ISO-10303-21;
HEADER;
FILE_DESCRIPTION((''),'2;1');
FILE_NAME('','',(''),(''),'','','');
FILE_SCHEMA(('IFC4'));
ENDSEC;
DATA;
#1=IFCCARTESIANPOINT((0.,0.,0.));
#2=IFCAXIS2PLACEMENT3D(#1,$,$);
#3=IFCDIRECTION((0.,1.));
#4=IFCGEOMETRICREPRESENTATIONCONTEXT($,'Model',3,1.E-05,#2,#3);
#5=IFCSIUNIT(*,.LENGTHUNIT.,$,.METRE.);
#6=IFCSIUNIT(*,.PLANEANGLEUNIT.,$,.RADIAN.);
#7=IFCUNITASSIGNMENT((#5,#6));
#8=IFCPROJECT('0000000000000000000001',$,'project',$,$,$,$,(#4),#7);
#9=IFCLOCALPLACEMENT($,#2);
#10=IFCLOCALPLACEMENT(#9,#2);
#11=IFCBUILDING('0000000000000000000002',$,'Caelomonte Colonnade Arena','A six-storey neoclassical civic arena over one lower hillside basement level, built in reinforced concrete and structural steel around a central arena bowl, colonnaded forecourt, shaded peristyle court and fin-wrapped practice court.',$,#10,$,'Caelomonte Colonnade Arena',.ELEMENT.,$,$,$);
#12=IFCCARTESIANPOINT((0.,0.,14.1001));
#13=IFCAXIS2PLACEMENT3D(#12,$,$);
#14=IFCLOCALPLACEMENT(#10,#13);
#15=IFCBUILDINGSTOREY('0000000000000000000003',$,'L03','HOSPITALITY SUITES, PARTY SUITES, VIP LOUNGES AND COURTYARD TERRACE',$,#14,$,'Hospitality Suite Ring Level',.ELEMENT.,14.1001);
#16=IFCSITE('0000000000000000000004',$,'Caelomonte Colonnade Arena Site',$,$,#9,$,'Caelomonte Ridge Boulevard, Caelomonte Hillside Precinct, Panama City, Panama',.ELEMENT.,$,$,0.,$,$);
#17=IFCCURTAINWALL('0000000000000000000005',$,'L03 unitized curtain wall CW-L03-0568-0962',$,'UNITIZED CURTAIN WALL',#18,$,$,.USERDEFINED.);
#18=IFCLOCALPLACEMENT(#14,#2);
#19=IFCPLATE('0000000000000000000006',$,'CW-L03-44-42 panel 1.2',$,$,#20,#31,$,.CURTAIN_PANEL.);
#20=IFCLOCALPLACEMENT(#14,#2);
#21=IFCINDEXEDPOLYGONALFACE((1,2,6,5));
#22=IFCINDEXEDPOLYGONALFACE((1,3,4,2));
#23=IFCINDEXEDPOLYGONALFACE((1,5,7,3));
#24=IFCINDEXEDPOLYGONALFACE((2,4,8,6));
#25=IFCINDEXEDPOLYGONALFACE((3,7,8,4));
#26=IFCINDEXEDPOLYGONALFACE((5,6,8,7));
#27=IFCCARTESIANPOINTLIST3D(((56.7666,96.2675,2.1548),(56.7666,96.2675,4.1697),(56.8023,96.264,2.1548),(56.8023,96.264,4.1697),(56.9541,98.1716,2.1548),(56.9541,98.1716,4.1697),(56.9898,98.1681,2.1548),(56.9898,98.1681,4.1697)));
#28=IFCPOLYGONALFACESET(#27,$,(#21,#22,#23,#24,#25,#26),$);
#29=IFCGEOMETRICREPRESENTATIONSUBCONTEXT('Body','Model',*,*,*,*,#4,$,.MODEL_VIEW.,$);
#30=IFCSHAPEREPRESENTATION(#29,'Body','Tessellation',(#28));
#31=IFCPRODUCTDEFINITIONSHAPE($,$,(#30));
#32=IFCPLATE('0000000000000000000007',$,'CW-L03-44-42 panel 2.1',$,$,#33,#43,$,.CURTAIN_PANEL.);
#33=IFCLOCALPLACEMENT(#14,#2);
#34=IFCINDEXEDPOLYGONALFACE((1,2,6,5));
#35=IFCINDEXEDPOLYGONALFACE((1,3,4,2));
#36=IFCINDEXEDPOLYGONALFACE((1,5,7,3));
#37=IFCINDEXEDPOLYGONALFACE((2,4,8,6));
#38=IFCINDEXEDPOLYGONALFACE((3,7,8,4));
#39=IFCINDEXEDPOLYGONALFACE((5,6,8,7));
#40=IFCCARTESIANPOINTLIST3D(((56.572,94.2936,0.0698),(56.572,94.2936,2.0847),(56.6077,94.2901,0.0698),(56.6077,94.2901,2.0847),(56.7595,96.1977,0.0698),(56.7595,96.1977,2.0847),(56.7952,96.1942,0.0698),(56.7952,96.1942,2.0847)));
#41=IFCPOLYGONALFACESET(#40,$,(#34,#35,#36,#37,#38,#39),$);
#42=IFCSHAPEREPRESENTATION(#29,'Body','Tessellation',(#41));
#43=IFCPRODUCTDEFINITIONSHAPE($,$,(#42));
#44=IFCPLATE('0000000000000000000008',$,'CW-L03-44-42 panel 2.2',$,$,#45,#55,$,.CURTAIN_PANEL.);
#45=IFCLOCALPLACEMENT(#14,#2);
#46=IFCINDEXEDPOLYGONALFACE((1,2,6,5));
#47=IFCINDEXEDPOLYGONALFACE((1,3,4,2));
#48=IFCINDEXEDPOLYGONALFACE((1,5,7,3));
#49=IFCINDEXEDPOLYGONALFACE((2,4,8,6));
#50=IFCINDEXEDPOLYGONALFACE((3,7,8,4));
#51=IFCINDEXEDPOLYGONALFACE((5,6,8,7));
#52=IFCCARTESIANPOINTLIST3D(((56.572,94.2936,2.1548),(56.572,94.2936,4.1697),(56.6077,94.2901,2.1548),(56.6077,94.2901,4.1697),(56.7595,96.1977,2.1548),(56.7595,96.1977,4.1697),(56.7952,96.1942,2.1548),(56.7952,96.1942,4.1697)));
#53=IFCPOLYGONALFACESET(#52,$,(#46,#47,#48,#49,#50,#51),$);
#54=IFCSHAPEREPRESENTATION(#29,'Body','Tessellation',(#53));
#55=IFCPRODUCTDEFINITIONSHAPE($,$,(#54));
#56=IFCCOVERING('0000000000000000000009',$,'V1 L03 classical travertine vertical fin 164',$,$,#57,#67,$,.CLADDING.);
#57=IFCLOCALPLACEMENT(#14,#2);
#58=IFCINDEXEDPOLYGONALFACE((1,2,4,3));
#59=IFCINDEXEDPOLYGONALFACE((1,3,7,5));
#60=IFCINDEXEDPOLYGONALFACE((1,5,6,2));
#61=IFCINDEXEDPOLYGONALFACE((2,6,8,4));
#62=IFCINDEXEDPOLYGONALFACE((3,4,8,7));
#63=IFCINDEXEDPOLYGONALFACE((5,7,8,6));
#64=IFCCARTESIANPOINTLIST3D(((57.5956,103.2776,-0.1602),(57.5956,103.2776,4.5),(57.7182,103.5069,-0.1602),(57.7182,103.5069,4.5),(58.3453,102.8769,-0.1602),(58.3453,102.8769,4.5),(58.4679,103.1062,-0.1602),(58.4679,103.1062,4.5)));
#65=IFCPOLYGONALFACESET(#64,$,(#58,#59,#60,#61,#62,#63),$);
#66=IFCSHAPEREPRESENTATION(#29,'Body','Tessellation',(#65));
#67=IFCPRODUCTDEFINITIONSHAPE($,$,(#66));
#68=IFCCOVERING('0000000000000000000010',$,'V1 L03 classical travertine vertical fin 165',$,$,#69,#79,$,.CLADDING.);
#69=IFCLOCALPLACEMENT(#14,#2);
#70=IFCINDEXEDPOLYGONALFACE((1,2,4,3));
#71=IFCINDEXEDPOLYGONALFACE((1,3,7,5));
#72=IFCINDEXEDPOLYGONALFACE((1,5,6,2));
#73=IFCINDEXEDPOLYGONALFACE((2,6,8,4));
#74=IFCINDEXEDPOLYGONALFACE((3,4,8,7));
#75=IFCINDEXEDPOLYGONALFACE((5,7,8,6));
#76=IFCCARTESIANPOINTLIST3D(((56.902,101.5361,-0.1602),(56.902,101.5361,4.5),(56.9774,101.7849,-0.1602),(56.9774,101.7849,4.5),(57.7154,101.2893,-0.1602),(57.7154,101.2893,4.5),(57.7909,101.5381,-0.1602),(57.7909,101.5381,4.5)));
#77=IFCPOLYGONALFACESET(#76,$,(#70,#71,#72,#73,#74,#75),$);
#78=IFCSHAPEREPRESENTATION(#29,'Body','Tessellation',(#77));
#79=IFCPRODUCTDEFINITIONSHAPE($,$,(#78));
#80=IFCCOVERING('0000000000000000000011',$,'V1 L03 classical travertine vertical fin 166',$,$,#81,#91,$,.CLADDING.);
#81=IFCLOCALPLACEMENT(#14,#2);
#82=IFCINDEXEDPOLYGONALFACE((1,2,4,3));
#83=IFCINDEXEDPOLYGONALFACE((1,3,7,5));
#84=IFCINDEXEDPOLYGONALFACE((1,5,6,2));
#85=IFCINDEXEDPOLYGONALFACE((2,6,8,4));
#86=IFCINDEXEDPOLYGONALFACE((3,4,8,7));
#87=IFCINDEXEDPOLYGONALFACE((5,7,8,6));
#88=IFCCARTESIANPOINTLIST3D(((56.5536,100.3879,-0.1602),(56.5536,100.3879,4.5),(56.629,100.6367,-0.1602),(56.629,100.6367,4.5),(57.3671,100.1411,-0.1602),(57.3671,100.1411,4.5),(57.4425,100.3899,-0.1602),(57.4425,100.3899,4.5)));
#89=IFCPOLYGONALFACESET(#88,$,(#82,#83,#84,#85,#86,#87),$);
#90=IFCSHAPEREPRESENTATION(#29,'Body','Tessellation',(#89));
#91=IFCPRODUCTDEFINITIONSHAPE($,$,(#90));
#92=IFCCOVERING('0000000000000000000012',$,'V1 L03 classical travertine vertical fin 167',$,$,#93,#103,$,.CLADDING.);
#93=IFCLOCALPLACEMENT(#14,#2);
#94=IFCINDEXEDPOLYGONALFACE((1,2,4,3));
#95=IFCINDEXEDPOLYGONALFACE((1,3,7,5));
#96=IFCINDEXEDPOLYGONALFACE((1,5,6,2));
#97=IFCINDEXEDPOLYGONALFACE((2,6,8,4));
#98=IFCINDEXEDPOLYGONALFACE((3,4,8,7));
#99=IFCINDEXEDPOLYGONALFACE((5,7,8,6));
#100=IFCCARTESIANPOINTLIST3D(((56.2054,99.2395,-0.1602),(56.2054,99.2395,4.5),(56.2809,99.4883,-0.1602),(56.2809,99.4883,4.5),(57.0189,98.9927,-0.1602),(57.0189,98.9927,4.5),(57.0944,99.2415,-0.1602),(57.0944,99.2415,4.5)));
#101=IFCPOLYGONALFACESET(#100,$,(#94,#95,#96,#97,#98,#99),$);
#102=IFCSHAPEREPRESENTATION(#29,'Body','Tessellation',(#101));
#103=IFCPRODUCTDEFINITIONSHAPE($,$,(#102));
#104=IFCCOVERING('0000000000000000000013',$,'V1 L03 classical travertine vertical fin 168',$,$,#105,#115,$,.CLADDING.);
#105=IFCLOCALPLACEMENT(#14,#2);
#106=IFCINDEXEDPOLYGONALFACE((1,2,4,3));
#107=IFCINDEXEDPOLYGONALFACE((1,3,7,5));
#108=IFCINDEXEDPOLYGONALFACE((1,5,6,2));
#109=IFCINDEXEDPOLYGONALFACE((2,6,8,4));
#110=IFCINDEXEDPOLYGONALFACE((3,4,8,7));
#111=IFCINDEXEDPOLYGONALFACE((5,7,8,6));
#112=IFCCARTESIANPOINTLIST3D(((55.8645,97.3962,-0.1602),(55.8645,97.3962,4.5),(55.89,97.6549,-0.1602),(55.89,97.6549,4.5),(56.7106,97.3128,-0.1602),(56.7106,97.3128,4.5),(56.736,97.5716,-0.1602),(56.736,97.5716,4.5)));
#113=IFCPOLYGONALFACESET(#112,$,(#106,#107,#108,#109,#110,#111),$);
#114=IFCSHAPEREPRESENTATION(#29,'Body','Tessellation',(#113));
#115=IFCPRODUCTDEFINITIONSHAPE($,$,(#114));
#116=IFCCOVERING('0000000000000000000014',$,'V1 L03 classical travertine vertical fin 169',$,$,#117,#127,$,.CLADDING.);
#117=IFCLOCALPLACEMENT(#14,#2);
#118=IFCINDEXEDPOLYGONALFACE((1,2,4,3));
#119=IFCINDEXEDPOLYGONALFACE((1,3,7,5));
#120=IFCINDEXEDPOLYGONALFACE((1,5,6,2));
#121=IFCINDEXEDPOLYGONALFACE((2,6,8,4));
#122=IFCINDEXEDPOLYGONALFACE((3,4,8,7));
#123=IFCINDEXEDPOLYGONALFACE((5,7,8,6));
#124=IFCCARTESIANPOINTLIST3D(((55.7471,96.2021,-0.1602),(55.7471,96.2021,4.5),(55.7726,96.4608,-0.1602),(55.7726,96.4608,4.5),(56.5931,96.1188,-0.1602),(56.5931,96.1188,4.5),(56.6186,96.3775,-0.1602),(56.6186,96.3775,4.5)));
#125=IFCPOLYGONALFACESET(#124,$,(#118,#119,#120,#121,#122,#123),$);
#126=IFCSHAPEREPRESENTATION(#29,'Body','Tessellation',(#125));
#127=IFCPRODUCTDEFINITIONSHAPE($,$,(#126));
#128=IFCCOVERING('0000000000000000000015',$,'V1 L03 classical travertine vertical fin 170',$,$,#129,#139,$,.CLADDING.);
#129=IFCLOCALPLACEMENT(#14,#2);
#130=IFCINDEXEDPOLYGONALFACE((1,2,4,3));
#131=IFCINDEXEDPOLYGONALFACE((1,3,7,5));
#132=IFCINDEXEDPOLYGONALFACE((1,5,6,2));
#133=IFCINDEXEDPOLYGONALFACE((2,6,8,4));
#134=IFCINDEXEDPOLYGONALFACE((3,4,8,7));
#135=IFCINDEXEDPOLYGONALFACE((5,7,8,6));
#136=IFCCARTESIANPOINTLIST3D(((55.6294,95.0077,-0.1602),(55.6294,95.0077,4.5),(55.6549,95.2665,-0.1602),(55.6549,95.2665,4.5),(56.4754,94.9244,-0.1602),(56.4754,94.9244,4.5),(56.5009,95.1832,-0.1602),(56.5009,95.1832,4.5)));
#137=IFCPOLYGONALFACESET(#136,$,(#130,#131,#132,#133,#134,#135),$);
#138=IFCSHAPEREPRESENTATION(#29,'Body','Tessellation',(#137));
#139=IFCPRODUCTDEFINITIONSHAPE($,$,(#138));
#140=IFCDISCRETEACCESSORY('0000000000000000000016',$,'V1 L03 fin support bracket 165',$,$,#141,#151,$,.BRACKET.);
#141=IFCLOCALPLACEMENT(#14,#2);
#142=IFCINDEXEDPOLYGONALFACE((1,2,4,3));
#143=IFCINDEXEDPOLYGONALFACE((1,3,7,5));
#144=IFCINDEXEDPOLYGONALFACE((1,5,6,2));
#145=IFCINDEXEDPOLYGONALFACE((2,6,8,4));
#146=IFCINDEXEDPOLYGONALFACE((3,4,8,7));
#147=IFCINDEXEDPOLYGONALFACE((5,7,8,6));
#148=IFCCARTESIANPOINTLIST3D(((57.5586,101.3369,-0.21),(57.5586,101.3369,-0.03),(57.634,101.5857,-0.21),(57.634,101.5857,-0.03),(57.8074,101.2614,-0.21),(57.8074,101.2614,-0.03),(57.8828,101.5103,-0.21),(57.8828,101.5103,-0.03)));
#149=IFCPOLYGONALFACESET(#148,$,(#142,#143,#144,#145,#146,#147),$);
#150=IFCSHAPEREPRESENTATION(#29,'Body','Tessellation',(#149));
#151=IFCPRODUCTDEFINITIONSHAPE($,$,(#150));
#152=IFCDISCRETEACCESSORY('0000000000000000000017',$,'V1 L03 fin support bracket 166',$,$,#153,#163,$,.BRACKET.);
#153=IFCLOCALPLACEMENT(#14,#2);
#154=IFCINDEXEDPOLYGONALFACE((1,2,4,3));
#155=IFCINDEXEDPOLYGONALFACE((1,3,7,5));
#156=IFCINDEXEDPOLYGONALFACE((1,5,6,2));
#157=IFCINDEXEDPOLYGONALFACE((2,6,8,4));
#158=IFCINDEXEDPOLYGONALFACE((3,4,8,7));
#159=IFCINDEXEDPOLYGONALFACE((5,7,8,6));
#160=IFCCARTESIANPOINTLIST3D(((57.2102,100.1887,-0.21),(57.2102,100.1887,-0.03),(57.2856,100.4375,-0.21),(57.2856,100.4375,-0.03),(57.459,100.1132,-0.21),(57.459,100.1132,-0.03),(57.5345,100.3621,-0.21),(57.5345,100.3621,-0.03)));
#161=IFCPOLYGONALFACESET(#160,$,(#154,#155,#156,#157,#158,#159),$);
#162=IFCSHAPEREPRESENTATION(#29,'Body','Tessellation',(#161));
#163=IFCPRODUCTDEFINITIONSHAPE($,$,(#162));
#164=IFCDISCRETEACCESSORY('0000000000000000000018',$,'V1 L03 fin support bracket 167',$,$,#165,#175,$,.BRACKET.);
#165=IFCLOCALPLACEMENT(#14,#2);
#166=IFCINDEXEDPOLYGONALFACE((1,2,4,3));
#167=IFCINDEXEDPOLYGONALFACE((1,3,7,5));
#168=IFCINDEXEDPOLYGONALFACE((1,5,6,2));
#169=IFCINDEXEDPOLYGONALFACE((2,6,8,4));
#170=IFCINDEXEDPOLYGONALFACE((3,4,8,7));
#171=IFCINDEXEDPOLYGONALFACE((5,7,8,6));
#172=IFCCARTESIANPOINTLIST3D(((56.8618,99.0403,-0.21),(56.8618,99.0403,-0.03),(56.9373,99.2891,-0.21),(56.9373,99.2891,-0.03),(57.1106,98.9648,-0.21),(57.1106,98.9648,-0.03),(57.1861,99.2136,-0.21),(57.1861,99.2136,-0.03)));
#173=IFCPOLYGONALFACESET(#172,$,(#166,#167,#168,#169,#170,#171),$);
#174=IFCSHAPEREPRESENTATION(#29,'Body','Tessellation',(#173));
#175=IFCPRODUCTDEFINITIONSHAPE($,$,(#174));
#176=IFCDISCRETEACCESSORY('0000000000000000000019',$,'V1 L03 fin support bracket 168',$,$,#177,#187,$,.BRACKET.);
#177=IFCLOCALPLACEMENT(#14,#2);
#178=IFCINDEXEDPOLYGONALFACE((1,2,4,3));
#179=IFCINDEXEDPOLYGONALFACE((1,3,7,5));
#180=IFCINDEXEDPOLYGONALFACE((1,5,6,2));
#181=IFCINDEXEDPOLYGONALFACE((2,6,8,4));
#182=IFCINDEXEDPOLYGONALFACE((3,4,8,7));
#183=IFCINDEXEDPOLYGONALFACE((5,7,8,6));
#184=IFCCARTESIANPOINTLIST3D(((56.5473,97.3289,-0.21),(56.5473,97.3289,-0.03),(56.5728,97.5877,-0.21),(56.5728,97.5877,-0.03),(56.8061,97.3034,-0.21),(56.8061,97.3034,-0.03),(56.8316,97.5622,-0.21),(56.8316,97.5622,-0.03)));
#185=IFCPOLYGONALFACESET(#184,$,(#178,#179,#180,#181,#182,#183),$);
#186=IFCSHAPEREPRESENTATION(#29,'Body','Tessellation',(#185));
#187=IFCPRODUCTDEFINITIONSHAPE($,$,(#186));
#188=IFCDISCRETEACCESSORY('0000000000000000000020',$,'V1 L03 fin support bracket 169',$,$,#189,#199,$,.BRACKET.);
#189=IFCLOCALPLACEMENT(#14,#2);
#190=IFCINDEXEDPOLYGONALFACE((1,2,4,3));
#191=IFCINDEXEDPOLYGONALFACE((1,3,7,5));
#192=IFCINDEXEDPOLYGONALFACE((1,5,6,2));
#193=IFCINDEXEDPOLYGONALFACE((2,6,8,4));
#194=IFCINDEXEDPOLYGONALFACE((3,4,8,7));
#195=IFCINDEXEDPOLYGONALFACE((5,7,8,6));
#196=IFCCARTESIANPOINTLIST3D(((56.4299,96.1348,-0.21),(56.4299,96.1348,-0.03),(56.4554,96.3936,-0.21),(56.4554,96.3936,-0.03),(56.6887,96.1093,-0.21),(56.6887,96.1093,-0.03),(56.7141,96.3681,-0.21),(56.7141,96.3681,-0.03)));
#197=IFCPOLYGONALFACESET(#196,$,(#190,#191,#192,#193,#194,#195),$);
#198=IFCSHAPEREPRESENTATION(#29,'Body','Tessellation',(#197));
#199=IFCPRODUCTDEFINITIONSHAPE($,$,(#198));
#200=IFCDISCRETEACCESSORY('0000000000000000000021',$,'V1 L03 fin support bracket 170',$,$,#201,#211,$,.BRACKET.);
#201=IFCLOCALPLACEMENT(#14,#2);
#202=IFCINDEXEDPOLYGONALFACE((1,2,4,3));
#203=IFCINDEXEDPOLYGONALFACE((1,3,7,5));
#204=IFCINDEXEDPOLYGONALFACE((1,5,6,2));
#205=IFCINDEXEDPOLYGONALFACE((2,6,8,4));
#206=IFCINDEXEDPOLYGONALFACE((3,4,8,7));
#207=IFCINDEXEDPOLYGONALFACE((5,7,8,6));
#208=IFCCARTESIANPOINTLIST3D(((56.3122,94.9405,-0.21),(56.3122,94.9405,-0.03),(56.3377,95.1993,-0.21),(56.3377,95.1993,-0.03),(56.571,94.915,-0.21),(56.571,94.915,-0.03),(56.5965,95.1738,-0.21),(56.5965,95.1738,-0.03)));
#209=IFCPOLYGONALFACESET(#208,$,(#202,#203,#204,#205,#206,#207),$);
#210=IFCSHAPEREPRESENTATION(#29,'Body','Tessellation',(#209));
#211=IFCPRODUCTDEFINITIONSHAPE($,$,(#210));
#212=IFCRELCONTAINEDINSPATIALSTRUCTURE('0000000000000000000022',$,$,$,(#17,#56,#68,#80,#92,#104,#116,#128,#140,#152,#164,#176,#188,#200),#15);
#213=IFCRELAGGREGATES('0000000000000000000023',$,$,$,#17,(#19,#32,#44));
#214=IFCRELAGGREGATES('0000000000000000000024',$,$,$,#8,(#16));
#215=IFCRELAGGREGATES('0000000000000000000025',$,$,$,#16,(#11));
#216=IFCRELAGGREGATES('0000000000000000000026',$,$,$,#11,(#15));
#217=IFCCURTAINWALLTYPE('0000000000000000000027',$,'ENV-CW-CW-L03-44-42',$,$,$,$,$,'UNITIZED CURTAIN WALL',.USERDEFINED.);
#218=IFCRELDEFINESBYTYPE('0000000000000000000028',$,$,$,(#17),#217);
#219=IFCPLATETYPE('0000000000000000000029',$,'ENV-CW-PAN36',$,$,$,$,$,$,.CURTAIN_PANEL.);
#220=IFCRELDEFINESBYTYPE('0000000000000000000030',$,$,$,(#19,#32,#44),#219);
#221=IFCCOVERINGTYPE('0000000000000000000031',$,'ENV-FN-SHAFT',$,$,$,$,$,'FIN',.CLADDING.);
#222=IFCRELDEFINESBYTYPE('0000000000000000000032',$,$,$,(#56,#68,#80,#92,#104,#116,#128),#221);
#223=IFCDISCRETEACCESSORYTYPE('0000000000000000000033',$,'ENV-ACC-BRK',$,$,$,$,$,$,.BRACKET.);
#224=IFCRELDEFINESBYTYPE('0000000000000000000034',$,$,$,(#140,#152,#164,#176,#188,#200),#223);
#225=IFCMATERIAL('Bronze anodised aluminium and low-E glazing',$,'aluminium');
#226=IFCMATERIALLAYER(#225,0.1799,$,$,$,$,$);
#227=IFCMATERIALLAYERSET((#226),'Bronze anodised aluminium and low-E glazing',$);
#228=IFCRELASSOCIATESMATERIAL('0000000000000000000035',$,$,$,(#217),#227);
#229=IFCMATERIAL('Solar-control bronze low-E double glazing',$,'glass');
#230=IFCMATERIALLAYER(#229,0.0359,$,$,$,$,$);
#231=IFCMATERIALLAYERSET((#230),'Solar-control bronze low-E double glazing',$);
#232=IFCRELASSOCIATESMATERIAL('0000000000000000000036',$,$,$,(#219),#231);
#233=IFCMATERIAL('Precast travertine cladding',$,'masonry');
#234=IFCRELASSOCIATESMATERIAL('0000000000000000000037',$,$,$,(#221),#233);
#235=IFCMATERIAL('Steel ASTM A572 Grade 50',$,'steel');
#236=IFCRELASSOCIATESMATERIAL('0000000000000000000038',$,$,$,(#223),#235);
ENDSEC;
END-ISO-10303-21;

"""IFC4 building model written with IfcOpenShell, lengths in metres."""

from ifc_helpers import new_model, si_unit, direction, frame, origin, origin_2d, place, context, subcontext, project, spatial, rectangle, extrude, material, layer, layer_set, material_profile, profile_set, type_object, element, aggregate, save


model = new_model("IFC4")

# Units and contexts
model_context = context("Model", 3, precision=1e-05, world=origin(), true_north=direction((0.0, 1.0)))
body_context = subcontext(model_context, "Body", "Model", "MODEL_VIEW")
ifc_project = project(units=[si_unit("LENGTHUNIT", "METRE"), si_unit("PLANEANGLEUNIT", "RADIAN")], contexts=[model_context])

# Site, building, storey
site_placement = place(None, origin())
site = spatial("IfcSite", under=ifc_project, at=site_placement, Name="Caelomonte Colonnade Arena Site", LongName="Caelomonte Ridge Boulevard, Caelomonte Hillside Precinct, Panama City, Panama", CompositionType="ELEMENT", RefElevation=0.0)
building_placement = place(site_placement, origin())
building = spatial("IfcBuilding", under=site, at=building_placement, Name="Caelomonte Colonnade Arena", Description="A six-storey neoclassical civic arena over one lower hillside basement level, built in reinforced concrete and structural steel around a central arena bowl, colonnaded forecourt, shaded peristyle court and fin-wrapped practice court.", LongName="Caelomonte Colonnade Arena", CompositionType="ELEMENT")
storey_placement = place(building_placement, frame((0.0, 0.0, 14.1001)))
storey = spatial("IfcBuildingStorey", under=building, at=storey_placement, Name="L03", Description="HOSPITALITY SUITES, PARTY SUITES, VIP LOUNGES AND COURTYARD TERRACE", LongName="Hospitality Suite Ring Level", CompositionType="ELEMENT", Elevation=14.1001)

# Curtain wall
ifc_material_1 = material(Name="Bronze anodised aluminium and low-E glazing", Category="aluminium")
ifc_layer_1 = layer(ifc_material_1, 0.1799)
ifc_layer_set_1 = layer_set([ifc_layer_1], Name="Bronze anodised aluminium and low-E glazing")
curtain_wall_type_1 = type_object("IfcCurtainWallType", Name="ENV-CW-CW-L03-44-42", ElementType="UNITIZED CURTAIN WALL", PredefinedType="USERDEFINED", material=ifc_layer_set_1)
curtain_wall_1_placement = place(storey_placement, origin())
curtain_wall_1 = element("IfcCurtainWall", 1, at=curtain_wall_1_placement, inside=storey, type_object=curtain_wall_type_1, Name="L03 unitized curtain wall CW-L03-0568-0962", ObjectType="UNITIZED CURTAIN WALL", PredefinedType="USERDEFINED")

# Plates
ifc_material_2 = material(Name="Solar-control bronze low-E double glazing", Category="glass")
ifc_layer_2 = layer(ifc_material_2, 0.0359)
ifc_layer_set_2 = layer_set([ifc_layer_2], Name="Solar-control bronze low-E double glazing")
plate_type = type_object("IfcPlateType", Name="ENV-CW-PAN36", PredefinedType="CURTAIN_PANEL", material=ifc_layer_set_2)
plate_1_placement = place(storey_placement, frame((56.8782, 97.2178, 2.1548), z_axis=(0.0, 0.0, 1.0), x_axis=(-0.098002, -0.995186, 0.0)))
plate_1 = element("IfcPlate", 2, at=plate_1_placement, type_object=plate_type, Name="CW-L03-44-42 panel 1.2", PredefinedType="CURTAIN_PANEL", context=body_context, shape_type="SweptSolid", body=[
    extrude(rectangle(XDim=1.9133, YDim=0.0359, at=origin_2d()), origin(), (0.0, 0.0, 1.0), 2.0149),
])
plate_2_placement = place(storey_placement, frame((56.6836, 95.2439, 0.0698), z_axis=(0.0, 0.0, 1.0), x_axis=(-0.098002, -0.995186, 0.0)))
plate_2 = element("IfcPlate", 3, at=plate_2_placement, type_object=plate_type, Name="CW-L03-44-42 panel 2.1", PredefinedType="CURTAIN_PANEL", context=body_context, shape_type="SweptSolid", body=[
    extrude(rectangle(XDim=1.9133, YDim=0.0359, at=origin_2d()), origin(), (0.0, 0.0, 1.0), 2.0149),
])
plate_3_placement = place(storey_placement, frame((56.6836, 95.2439, 2.1548), z_axis=(0.0, 0.0, 1.0), x_axis=(-0.098002, -0.995186, 0.0)))
plate_3 = element("IfcPlate", 4, at=plate_3_placement, type_object=plate_type, Name="CW-L03-44-42 panel 2.2", PredefinedType="CURTAIN_PANEL", context=body_context, shape_type="SweptSolid", body=[
    extrude(rectangle(XDim=1.9133, YDim=0.0359, at=origin_2d()), origin(), (0.0, 0.0, 1.0), 2.0149),
])
aggregate(curtain_wall_1, [plate_1, plate_2, plate_3])

# Coverings
ifc_material_3 = material(Name="Precast travertine cladding", Category="masonry")
ifc_material_profile_1 = material_profile(ifc_material_3, rectangle(XDim=0.26, YDim=0.8501, at=origin_2d()), Name="FIN260X850")
ifc_profile_set_1 = profile_set([ifc_material_profile_1], Name="Precast travertine cladding")
covering_type = type_object("IfcCoveringType", Name="ENV-FN-SHAFT", ElementType="FIN", PredefinedType="CLADDING", material=ifc_profile_set_1)
for number, where, z_axis, x_axis, name in (
    (5, (58.0317, 103.1919, -0.1602), (0.0, 0.0, 1.0), (0.471397, 0.881921, 0.0), "V1 L03 classical travertine vertical fin 164"),
    (6, (57.3464, 101.5371, -0.1602), (0.0, 0.0, 1.0), (0.290276, 0.956943, 0.0), "V1 L03 classical travertine vertical fin 165"),
    (7, (56.998, 100.3889, -0.1602), (0.0, 0.0, 1.0), (0.290276, 0.956943, 0.0), "V1 L03 classical travertine vertical fin 166"),
    (8, (56.6499, 99.2405, -0.1602), (0.0, 0.0, 1.0), (0.290276, 0.956943, 0.0), "V1 L03 classical travertine vertical fin 167"),
    (9, (56.3003, 97.4839, -0.1602), (0.0, 0.0, 1.0), (0.098015, 0.995185, 0.0), "V1 L03 classical travertine vertical fin 168"),
    (10, (56.1829, 96.2898, -0.1602), (0.0, 0.0, 1.0), (0.098015, 0.995185, 0.0), "V1 L03 classical travertine vertical fin 169"),
    (11, (56.0652, 95.0955, -0.1602), (0.0, 0.0, 1.0), (0.098015, 0.995185, 0.0), "V1 L03 classical travertine vertical fin 170"),
):
    element("IfcCovering", number, at=place(storey_placement, frame(where, z_axis=z_axis, x_axis=x_axis)), inside=storey, type_object=covering_type, Name=name, PredefinedType="CLADDING", context=body_context, shape_type="SweptSolid", body=[
        extrude(rectangle(XDim=0.26, YDim=0.8501, at=origin_2d()), origin(), (0.0, 0.0, 1.0), 4.6602),
    ])

# Discrete accessories
ifc_material_4 = material(Name="Steel ASTM A572 Grade 50", Category="steel")
discrete_accessory_type = type_object("IfcDiscreteAccessoryType", Name="ENV-ACC-BRK", PredefinedType="BRACKET", material=ifc_material_4)
for number, where, z_axis, x_axis, name in (
    (12, (57.7207, 101.4236, -0.21), (0.0, 0.0, 1.0), (-0.290276, -0.956943, 0.0), "V1 L03 fin support bracket 165"),
    (13, (57.3723, 100.2754, -0.21), (0.0, 0.0, 1.0), (-0.290276, -0.956943, 0.0), "V1 L03 fin support bracket 166"),
    (14, (57.0239, 99.127, -0.21), (0.0, 0.0, 1.0), (-0.290276, -0.956943, 0.0), "V1 L03 fin support bracket 167"),
    (15, (56.6895, 97.4456, -0.21), (0.0, 0.0, 1.0), (-0.098015, -0.995185, 0.0), "V1 L03 fin support bracket 168"),
    (16, (56.572, 96.2515, -0.21), (0.0, 0.0, 1.0), (-0.098015, -0.995185, 0.0), "V1 L03 fin support bracket 169"),
    (17, (56.4543, 95.0571, -0.21), (0.0, 0.0, 1.0), (-0.098015, -0.995185, 0.0), "V1 L03 fin support bracket 170"),
):
    element("IfcDiscreteAccessory", number, at=place(storey_placement, frame(where, z_axis=z_axis, x_axis=x_axis)), inside=storey, type_object=discrete_accessory_type, Name=name, PredefinedType="BRACKET", context=body_context, shape_type="SweptSolid", body=[
        extrude(rectangle(XDim=0.26, YDim=0.26, at=origin_2d()), origin(), (0.0, 0.0, 1.0), 0.1799),
    ])

save(model, "model.ifc")
